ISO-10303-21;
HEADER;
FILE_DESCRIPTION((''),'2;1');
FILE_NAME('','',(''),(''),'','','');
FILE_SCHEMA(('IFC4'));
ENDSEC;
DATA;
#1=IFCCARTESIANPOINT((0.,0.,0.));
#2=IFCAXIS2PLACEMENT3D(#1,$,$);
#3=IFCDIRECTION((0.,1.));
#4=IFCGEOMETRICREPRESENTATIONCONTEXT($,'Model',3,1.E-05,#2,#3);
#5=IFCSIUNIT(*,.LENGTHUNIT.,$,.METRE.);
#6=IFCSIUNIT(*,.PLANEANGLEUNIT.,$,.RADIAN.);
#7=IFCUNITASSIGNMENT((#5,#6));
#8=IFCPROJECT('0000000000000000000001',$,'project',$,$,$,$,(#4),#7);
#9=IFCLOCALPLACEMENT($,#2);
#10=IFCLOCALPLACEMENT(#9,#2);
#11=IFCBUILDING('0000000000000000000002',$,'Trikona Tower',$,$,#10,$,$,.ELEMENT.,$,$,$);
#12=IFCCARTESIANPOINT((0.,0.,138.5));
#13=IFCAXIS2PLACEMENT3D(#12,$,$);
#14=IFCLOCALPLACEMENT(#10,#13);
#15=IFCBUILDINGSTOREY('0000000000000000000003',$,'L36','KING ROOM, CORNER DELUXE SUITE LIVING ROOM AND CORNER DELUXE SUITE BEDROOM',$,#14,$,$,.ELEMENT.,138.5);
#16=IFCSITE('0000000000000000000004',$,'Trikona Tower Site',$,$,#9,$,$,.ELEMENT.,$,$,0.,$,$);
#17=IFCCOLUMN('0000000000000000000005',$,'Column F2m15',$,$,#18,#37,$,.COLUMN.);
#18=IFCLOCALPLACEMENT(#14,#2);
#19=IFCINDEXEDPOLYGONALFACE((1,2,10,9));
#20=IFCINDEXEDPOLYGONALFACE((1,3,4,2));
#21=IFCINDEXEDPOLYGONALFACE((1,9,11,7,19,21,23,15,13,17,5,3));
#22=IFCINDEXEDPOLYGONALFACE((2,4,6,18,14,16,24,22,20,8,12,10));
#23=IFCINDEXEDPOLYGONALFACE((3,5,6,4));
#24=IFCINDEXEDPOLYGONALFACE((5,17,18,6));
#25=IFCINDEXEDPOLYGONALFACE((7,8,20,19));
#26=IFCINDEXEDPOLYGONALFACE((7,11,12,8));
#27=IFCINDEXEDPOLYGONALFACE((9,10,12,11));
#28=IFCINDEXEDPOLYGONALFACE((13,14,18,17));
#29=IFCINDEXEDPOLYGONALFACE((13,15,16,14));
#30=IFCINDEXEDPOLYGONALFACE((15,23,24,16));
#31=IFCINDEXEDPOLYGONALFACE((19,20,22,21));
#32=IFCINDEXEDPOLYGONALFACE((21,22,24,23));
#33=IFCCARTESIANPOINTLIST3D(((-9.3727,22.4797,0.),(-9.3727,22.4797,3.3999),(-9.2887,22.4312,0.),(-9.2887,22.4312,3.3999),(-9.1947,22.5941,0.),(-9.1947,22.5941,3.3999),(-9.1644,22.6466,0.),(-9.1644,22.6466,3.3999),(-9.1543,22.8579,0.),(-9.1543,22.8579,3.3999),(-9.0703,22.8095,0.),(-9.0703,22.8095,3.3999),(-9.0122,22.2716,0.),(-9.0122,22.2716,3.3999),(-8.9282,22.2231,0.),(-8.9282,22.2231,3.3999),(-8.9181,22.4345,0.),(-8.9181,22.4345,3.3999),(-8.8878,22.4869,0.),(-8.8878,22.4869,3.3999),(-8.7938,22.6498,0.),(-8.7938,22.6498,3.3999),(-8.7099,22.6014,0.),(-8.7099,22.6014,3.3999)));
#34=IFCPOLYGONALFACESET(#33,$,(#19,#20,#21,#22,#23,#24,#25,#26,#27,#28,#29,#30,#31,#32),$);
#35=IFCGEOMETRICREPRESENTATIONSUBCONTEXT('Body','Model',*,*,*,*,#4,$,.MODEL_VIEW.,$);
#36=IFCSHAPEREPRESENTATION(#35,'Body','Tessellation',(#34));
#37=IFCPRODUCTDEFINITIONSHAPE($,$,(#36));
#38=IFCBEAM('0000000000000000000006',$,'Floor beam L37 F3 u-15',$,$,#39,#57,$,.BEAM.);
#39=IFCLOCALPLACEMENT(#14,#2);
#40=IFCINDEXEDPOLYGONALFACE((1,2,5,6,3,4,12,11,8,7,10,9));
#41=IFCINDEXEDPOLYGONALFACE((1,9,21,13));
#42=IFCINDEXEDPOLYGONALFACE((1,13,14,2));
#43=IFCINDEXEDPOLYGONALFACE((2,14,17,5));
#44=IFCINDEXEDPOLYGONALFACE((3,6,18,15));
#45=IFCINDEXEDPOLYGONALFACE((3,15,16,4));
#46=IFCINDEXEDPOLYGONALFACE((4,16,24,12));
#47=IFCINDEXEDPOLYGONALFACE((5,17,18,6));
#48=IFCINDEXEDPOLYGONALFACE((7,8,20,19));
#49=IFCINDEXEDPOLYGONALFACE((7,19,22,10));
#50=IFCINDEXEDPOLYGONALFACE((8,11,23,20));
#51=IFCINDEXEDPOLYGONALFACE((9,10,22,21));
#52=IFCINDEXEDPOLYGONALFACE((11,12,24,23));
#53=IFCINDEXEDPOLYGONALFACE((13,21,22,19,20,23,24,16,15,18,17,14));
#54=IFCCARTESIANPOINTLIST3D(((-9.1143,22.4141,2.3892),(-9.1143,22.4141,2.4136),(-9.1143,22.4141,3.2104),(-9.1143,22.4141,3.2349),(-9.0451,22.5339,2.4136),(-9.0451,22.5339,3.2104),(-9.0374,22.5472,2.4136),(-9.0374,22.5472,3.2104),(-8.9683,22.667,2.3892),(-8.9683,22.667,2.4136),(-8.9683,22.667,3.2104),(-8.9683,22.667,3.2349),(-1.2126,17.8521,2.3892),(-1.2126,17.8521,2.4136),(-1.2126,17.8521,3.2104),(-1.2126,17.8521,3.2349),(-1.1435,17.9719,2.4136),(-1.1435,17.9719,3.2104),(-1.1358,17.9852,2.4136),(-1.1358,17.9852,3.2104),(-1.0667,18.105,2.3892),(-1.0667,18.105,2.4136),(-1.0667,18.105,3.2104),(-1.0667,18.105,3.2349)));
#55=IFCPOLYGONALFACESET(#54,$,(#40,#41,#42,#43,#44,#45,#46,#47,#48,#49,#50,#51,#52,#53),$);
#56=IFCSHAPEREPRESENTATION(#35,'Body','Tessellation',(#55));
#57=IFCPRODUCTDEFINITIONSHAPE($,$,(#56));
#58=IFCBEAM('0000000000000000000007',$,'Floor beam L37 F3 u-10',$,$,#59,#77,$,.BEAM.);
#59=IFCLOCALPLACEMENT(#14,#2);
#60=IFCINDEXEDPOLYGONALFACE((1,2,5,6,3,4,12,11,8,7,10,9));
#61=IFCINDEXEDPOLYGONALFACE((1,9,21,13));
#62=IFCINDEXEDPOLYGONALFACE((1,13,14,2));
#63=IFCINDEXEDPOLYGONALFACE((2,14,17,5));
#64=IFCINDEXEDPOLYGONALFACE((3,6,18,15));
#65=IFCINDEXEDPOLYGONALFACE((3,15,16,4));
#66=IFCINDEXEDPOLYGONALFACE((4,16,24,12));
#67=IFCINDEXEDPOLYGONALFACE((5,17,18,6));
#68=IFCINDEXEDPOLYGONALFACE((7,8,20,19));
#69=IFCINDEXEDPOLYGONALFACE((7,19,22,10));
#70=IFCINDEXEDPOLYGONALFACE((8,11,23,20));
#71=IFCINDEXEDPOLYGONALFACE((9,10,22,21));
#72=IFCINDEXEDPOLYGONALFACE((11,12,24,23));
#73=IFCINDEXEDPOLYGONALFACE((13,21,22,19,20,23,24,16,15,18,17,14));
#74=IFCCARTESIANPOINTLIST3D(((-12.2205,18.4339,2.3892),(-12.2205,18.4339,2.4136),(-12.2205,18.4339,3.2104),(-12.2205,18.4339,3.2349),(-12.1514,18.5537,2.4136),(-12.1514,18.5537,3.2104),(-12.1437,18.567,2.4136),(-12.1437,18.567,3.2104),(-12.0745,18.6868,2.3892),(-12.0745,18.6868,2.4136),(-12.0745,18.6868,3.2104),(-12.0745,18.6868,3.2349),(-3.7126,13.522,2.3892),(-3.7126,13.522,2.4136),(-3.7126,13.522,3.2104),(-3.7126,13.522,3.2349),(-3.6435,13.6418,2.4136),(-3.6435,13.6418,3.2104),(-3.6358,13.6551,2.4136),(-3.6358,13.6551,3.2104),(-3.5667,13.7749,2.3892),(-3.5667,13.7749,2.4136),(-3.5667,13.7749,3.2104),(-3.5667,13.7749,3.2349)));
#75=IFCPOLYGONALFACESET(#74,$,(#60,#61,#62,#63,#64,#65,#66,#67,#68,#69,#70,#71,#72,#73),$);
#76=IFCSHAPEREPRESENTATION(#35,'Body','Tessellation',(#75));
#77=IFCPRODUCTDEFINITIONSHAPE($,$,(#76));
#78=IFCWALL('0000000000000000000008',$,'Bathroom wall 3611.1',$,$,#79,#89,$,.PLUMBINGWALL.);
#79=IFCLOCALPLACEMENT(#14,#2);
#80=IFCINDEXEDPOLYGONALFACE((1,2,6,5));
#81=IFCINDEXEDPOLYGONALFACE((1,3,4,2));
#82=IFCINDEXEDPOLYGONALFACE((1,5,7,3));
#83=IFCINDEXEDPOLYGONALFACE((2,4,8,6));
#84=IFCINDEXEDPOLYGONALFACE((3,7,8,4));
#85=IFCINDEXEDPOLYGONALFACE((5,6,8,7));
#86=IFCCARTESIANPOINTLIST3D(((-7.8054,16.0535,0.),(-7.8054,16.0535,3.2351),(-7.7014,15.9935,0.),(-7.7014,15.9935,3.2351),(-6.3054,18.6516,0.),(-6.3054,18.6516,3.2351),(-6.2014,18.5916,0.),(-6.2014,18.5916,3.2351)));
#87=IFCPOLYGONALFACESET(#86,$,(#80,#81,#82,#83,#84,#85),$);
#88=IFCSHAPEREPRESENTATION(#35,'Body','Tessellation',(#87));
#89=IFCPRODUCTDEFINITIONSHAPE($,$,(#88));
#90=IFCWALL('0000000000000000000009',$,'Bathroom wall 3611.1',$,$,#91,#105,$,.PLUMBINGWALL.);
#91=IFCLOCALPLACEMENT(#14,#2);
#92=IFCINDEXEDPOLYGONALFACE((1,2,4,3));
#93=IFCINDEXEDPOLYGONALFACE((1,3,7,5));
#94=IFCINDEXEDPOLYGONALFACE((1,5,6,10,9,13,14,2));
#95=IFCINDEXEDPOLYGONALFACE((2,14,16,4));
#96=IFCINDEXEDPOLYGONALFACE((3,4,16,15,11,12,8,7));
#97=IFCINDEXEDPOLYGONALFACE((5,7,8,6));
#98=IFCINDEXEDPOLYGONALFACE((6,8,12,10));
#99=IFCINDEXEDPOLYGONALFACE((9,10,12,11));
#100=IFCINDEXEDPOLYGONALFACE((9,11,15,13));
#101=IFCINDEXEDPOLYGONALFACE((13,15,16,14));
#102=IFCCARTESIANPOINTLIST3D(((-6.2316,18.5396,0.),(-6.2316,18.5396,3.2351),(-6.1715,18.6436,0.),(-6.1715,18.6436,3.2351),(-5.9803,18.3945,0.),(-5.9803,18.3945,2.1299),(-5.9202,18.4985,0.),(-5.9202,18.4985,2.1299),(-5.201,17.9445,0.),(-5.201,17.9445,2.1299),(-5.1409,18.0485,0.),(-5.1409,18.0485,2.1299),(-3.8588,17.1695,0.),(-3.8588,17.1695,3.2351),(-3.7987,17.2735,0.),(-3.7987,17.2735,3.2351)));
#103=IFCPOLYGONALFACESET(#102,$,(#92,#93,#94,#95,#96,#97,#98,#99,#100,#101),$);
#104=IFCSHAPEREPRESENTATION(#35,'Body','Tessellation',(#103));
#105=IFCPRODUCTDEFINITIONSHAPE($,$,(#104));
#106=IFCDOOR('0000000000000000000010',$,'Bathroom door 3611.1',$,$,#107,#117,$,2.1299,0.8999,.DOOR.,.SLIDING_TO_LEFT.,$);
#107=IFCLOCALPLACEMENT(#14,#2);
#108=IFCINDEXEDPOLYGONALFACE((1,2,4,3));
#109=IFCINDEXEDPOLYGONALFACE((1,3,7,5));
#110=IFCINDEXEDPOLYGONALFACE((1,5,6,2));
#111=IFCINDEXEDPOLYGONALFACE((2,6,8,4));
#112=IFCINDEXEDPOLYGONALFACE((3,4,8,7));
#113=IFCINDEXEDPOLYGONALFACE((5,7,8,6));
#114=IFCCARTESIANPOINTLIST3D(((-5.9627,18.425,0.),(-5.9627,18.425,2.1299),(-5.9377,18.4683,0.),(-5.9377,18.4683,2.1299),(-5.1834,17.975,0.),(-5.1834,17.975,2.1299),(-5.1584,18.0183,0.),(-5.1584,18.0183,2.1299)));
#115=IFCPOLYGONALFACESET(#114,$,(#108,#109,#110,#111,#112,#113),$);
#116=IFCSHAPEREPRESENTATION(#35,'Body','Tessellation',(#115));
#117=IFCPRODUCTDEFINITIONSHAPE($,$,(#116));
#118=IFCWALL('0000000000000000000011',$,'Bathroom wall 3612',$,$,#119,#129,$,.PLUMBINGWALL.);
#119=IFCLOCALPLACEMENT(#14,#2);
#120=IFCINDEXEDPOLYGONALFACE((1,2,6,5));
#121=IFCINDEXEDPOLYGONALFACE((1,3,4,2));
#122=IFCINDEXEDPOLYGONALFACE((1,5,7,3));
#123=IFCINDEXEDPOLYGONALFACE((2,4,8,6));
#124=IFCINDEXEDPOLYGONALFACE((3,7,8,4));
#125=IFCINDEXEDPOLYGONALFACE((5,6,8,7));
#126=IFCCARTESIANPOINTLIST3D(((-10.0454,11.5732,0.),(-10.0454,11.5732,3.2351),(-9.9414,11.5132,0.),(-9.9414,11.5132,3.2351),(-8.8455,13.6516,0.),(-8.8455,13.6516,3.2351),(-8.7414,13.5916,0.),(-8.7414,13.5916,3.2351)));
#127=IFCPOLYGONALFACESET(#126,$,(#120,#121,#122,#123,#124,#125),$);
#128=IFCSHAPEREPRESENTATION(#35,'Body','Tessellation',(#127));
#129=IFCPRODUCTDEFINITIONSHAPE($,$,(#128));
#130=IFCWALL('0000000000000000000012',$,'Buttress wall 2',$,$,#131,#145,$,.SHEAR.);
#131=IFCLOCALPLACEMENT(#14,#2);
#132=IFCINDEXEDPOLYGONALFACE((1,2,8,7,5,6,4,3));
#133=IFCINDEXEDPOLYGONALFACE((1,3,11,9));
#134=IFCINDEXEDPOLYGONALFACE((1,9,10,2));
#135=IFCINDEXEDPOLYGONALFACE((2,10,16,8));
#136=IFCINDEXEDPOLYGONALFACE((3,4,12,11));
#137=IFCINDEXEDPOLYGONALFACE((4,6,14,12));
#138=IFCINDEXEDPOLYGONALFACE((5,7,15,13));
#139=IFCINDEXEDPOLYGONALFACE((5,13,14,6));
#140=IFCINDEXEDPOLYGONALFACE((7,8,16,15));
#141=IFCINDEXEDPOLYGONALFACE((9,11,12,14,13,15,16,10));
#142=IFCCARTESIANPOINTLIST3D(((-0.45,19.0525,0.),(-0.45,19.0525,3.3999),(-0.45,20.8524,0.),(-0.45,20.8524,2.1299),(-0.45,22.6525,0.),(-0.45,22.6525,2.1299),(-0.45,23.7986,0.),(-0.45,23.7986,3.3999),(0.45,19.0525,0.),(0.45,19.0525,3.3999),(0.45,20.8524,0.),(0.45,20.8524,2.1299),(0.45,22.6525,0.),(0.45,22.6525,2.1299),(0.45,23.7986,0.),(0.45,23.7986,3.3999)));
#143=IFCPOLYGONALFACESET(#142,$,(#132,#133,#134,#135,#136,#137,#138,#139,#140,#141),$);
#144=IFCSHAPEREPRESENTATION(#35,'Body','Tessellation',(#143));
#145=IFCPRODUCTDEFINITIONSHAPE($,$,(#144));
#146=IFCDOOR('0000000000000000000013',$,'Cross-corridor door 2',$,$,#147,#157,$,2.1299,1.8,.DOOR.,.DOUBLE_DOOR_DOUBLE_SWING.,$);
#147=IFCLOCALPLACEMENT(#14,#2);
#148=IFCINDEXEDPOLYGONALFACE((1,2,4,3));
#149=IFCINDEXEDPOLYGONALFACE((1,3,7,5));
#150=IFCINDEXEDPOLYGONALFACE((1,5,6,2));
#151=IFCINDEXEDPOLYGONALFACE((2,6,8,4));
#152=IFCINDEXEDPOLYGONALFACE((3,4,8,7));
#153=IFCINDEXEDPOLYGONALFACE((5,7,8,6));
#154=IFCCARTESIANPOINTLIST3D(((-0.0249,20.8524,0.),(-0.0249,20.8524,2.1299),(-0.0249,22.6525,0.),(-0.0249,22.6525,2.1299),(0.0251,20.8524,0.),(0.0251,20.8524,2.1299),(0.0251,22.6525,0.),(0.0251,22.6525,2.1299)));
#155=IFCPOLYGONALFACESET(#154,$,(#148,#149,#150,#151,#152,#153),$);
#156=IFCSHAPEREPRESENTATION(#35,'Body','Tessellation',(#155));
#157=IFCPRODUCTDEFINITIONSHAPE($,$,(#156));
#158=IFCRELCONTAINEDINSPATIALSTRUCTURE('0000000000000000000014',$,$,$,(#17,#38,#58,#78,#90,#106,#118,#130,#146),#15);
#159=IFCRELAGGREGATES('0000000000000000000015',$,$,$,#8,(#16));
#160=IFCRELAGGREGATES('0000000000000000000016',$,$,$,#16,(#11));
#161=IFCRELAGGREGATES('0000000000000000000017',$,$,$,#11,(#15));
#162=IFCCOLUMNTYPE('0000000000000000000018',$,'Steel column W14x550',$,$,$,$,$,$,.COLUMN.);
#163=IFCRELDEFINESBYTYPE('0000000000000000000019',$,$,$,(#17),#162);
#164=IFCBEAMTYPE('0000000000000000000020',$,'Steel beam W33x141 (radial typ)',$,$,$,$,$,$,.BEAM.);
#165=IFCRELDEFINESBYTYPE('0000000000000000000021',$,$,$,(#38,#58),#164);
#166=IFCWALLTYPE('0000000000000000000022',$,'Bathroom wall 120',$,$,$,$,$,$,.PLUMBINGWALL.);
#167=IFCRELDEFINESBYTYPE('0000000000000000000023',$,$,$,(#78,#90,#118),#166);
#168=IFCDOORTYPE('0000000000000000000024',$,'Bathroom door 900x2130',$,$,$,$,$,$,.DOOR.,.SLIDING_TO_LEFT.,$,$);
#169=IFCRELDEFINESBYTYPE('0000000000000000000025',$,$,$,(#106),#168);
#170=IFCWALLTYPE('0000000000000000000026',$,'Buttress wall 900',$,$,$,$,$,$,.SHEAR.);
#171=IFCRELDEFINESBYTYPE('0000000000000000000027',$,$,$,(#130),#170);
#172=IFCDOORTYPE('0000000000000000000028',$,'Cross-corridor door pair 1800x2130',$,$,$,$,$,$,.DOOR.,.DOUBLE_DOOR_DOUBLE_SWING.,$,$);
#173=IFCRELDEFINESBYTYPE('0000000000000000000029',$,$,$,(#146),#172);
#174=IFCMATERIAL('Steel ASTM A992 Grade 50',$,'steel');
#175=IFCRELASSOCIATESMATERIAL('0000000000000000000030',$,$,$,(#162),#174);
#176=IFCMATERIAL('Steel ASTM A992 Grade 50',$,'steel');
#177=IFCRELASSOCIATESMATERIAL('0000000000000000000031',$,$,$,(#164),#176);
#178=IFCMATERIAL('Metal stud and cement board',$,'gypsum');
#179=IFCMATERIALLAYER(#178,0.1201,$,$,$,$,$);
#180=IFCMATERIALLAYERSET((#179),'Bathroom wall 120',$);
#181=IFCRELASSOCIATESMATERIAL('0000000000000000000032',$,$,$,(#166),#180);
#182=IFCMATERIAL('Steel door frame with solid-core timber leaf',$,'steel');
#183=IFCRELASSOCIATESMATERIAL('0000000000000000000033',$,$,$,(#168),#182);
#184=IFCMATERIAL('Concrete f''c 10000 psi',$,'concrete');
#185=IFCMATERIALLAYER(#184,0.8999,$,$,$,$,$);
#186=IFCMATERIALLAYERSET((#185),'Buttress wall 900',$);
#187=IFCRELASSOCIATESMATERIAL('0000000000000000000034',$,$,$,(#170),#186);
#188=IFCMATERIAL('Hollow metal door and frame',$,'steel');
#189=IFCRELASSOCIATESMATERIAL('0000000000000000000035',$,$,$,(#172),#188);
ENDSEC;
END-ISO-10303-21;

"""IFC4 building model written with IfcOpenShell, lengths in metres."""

from ifc_helpers import new_model, si_unit, direction, frame, frame_2d, origin, origin_2d, place, context, subcontext, project, spatial, rectangle, i_section, extrude, material, layer, layer_set, material_profile, profile_set, type_object, element, fill, save


model = new_model("IFC4")

# Units and contexts
model_context = context("Model", 3, precision=1e-05, world=origin(), true_north=direction((0.0, 1.0)))
body_context = subcontext(model_context, "Body", "Model", "MODEL_VIEW")
ifc_project = project(units=[si_unit("LENGTHUNIT", "METRE"), si_unit("PLANEANGLEUNIT", "RADIAN")], contexts=[model_context])

# Site, building, storey
site_placement = place(None, origin())
site = spatial("IfcSite", under=ifc_project, at=site_placement, Name="Trikona Tower Site", CompositionType="ELEMENT", RefElevation=0.0)
building_placement = place(site_placement, origin())
building = spatial("IfcBuilding", under=site, at=building_placement, Name="Trikona Tower", CompositionType="ELEMENT")
storey_placement = place(building_placement, frame((0.0, 0.0, 138.5)))
storey = spatial("IfcBuildingStorey", under=building, at=storey_placement, Name="L36", Description="KING ROOM, CORNER DELUXE SUITE LIVING ROOM AND CORNER DELUXE SUITE BEDROOM", CompositionType="ELEMENT", Elevation=138.5)

# Column
ifc_material_1 = material(Name="Steel ASTM A992 Grade 50", Category="steel")
ifc_material_profile_1 = material_profile(ifc_material_1, i_section(OverallWidth=0.4368, OverallDepth=0.5132, WebThickness=0.0605, FlangeThickness=0.0969, at=origin_2d()), Name="W14X550")
ifc_profile_set_1 = profile_set([ifc_material_profile_1], Name="Steel ASTM A992 Grade 50")
column_type = type_object("IfcColumnType", Name="Steel column W14x550", PredefinedType="COLUMN", material=ifc_profile_set_1)
column_placement = place(storey_placement, frame((-9.0413, 22.5405, 0.0), z_axis=(0.0, 0.0, 1.0), x_axis=(-0.5, -0.866025, 0.0)))
element("IfcColumn", 1, at=column_placement, inside=storey, type_object=column_type, Name="Column F2m15", PredefinedType="COLUMN", context=body_context, shape_type="SweptSolid", body=[
    extrude(i_section(OverallWidth=0.4368, OverallDepth=0.5132, WebThickness=0.0605, FlangeThickness=0.0969, at=origin_2d()), origin(), (0.0, 0.0, 1.0), 3.3999),
])

# Beams
ifc_material_2 = material(Name="Steel ASTM A992 Grade 50", Category="steel")
ifc_material_profile_2 = material_profile(ifc_material_2, i_section(OverallWidth=0.292, OverallDepth=0.8457, WebThickness=0.0154, FlangeThickness=0.0244, at=origin_2d()), Name="W33X141")
ifc_profile_set_2 = profile_set([ifc_material_profile_2], Name="Steel ASTM A992 Grade 50")
beam_type = type_object("IfcBeamType", Name="Steel beam W33x141 (radial typ)", PredefinedType="BEAM", material=ifc_profile_set_2)
beam_1_placement = place(storey_placement, frame((-1.1396, 17.9785, 2.812), z_axis=(-0.866025, 0.500001, 0.0), x_axis=(-0.500001, -0.866025, 0.0)))
element("IfcBeam", 2, at=beam_1_placement, inside=storey, type_object=beam_type, Name="Floor beam L37 F3 u-15", PredefinedType="BEAM", context=body_context, shape_type="SweptSolid", body=[
    extrude(i_section(OverallWidth=0.292, OverallDepth=0.8457, WebThickness=0.0154, FlangeThickness=0.0244, at=origin_2d()), origin(), (0.0, 0.0, 1.0), 9.124),
])
beam_2_placement = place(storey_placement, frame((-3.6396, 13.6484, 2.812), z_axis=(-0.866031, 0.499991, 0.0), x_axis=(-0.499991, -0.866031, 0.0)))
element("IfcBeam", 3, at=beam_2_placement, inside=storey, type_object=beam_type, Name="Floor beam L37 F3 u-10", PredefinedType="BEAM", context=body_context, shape_type="SweptSolid", body=[
    extrude(i_section(OverallWidth=0.292, OverallDepth=0.8457, WebThickness=0.0154, FlangeThickness=0.0244, at=origin_2d()), origin(), (0.0, 0.0, 1.0), 9.824),
])

# Wall
ifc_material_3 = material(Name="Metal stud and cement board", Category="gypsum")
ifc_layer_1 = layer(ifc_material_3, 0.1201)
ifc_layer_set_1 = layer_set([ifc_layer_1], Name="Bathroom wall 120")
wall_type_1 = type_object("IfcWallType", Name="Bathroom wall 120", PredefinedType="PLUMBINGWALL", material=ifc_layer_set_1)
wall_1_placement = place(storey_placement, frame((-6.2534, 18.6216, 0.0), z_axis=(0.0, 0.0, 1.0), x_axis=(-0.49999, -0.866031, 0.0)))
element("IfcWall", 4, at=wall_1_placement, inside=storey, type_object=wall_type_1, Name="Bathroom wall 3611.1", PredefinedType="PLUMBINGWALL", context=body_context, shape_type="SweptSolid", body=[
    extrude(rectangle(XDim=3.0, YDim=0.1201, at=frame_2d((1.5, 0.0))), origin(), (0.0, 0.0, 1.0), 3.2351),
])

# Wall, opening, door
wall_2_placement = place(storey_placement, frame((-3.8286, 17.2214, 0.0), z_axis=(0.0, 0.0, 1.0), x_axis=(-0.865997, 0.500049, 0.0)))
wall_2 = element("IfcWall", 5, at=wall_2_placement, inside=storey, type_object=wall_type_1, Name="Bathroom wall 3611.1", PredefinedType="PLUMBINGWALL", context=body_context, shape_type="SweptSolid", body=[
    extrude(rectangle(XDim=2.74, YDim=0.1201, at=frame_2d((1.3701, 0.0))), origin(), (0.0, 0.0, 1.0), 3.2351),
])
opening_1_placement = place(wall_2_placement, frame((1.55, 0.0, 0.0)))
opening_1 = element("IfcOpeningElement", 6, at=opening_1_placement, cuts=wall_2, PredefinedType="OPENING", context=body_context, shape_type="SweptSolid", body=[
    extrude(rectangle(XDim=0.8999, YDim=2.1299, at=frame_2d((0.45, 1.0649))), frame((0.0, 0.0701, 0.0), z_axis=(0.0, -1.0, 0.0), x_axis=(1.0, 0.0, 0.0)), (0.0, 0.0, 1.0), 0.1401),
])
ifc_material_4 = material(Name="Steel door frame with solid-core timber leaf", Category="steel")
door_type_1 = type_object("IfcDoorType", Name="Bathroom door 900x2130", OperationType="SLIDING_TO_LEFT", PredefinedType="DOOR", material=ifc_material_4)
door_1_placement = place(opening_1_placement, origin())
door_1 = element("IfcDoor", 7, at=door_1_placement, inside=storey, type_object=door_type_1, Name="Bathroom door 3611.1", OperationType="SLIDING_TO_LEFT", OverallHeight=2.1299, OverallWidth=0.8999, PredefinedType="DOOR", context=body_context, shape_type="SweptSolid", body=[
    extrude(rectangle(XDim=0.8999, YDim=2.1299, at=frame_2d((0.45, 1.0649))), frame((0.0, 0.0249, 0.0), z_axis=(0.0, -1.0, 0.0), x_axis=(1.0, 0.0, 0.0)), (0.0, 0.0, 1.0), 0.05),
])
fill(opening_1, door_1)

# Wall
wall_3_placement = place(storey_placement, frame((-8.7935, 13.6216, 0.0), z_axis=(0.0, 0.0, 1.0), x_axis=(-0.500001, -0.866025, 0.0)))
element("IfcWall", 8, at=wall_3_placement, inside=storey, type_object=wall_type_1, Name="Bathroom wall 3612", PredefinedType="PLUMBINGWALL", context=body_context, shape_type="SweptSolid", body=[
    extrude(rectangle(XDim=2.3999, YDim=0.1201, at=frame_2d((1.2, 0.0))), origin(), (0.0, 0.0, 1.0), 3.2351),
])

# Wall, opening, door
ifc_material_5 = material(Name="Concrete f'c 10000 psi", Category="concrete")
ifc_layer_2 = layer(ifc_material_5, 0.8999)
ifc_layer_set_2 = layer_set([ifc_layer_2], Name="Buttress wall 900")
wall_type_2 = type_object("IfcWallType", Name="Buttress wall 900", PredefinedType="SHEAR", material=ifc_layer_set_2)
wall_4_placement = place(storey_placement, frame((0.0, 19.0525, 0.0), z_axis=(0.0, 0.0, 1.0), x_axis=(0.0, 1.0, 0.0)))
wall_4 = element("IfcWall", 9, at=wall_4_placement, inside=storey, type_object=wall_type_2, Name="Buttress wall 2", PredefinedType="SHEAR", context=body_context, shape_type="SweptSolid", body=[
    extrude(rectangle(XDim=4.7461, YDim=0.8999, at=frame_2d((2.373, 0.0))), origin(), (0.0, 0.0, 1.0), 3.3999),
])
opening_2_placement = place(wall_4_placement, frame((1.8, 0.0, 0.0)))
opening_2 = element("IfcOpeningElement", 10, at=opening_2_placement, cuts=wall_4, PredefinedType="OPENING", context=body_context, shape_type="SweptSolid", body=[
    extrude(rectangle(XDim=1.8, YDim=2.1299, at=frame_2d((0.8999, 1.0649))), frame((0.0, 0.46, 0.0), z_axis=(0.0, -1.0, 0.0), x_axis=(1.0, 0.0, 0.0)), (0.0, 0.0, 1.0), 0.9199),
])
ifc_material_6 = material(Name="Hollow metal door and frame", Category="steel")
door_type_2 = type_object("IfcDoorType", Name="Cross-corridor door pair 1800x2130", OperationType="DOUBLE_DOOR_DOUBLE_SWING", PredefinedType="DOOR", material=ifc_material_6)
door_2_placement = place(opening_2_placement, origin())
door_2 = element("IfcDoor", 11, at=door_2_placement, inside=storey, type_object=door_type_2, Name="Cross-corridor door 2", OperationType="DOUBLE_DOOR_DOUBLE_SWING", OverallHeight=2.1299, OverallWidth=1.8, PredefinedType="DOOR", context=body_context, shape_type="SweptSolid", body=[
    extrude(rectangle(XDim=1.8, YDim=2.1299, at=frame_2d((0.8999, 1.0649))), frame((0.0, 0.0249, 0.0), z_axis=(0.0, -1.0, 0.0), x_axis=(1.0, 0.0, 0.0)), (0.0, 0.0, 1.0), 0.05),
])
fill(opening_2, door_2)

save(model, "model.ifc")
